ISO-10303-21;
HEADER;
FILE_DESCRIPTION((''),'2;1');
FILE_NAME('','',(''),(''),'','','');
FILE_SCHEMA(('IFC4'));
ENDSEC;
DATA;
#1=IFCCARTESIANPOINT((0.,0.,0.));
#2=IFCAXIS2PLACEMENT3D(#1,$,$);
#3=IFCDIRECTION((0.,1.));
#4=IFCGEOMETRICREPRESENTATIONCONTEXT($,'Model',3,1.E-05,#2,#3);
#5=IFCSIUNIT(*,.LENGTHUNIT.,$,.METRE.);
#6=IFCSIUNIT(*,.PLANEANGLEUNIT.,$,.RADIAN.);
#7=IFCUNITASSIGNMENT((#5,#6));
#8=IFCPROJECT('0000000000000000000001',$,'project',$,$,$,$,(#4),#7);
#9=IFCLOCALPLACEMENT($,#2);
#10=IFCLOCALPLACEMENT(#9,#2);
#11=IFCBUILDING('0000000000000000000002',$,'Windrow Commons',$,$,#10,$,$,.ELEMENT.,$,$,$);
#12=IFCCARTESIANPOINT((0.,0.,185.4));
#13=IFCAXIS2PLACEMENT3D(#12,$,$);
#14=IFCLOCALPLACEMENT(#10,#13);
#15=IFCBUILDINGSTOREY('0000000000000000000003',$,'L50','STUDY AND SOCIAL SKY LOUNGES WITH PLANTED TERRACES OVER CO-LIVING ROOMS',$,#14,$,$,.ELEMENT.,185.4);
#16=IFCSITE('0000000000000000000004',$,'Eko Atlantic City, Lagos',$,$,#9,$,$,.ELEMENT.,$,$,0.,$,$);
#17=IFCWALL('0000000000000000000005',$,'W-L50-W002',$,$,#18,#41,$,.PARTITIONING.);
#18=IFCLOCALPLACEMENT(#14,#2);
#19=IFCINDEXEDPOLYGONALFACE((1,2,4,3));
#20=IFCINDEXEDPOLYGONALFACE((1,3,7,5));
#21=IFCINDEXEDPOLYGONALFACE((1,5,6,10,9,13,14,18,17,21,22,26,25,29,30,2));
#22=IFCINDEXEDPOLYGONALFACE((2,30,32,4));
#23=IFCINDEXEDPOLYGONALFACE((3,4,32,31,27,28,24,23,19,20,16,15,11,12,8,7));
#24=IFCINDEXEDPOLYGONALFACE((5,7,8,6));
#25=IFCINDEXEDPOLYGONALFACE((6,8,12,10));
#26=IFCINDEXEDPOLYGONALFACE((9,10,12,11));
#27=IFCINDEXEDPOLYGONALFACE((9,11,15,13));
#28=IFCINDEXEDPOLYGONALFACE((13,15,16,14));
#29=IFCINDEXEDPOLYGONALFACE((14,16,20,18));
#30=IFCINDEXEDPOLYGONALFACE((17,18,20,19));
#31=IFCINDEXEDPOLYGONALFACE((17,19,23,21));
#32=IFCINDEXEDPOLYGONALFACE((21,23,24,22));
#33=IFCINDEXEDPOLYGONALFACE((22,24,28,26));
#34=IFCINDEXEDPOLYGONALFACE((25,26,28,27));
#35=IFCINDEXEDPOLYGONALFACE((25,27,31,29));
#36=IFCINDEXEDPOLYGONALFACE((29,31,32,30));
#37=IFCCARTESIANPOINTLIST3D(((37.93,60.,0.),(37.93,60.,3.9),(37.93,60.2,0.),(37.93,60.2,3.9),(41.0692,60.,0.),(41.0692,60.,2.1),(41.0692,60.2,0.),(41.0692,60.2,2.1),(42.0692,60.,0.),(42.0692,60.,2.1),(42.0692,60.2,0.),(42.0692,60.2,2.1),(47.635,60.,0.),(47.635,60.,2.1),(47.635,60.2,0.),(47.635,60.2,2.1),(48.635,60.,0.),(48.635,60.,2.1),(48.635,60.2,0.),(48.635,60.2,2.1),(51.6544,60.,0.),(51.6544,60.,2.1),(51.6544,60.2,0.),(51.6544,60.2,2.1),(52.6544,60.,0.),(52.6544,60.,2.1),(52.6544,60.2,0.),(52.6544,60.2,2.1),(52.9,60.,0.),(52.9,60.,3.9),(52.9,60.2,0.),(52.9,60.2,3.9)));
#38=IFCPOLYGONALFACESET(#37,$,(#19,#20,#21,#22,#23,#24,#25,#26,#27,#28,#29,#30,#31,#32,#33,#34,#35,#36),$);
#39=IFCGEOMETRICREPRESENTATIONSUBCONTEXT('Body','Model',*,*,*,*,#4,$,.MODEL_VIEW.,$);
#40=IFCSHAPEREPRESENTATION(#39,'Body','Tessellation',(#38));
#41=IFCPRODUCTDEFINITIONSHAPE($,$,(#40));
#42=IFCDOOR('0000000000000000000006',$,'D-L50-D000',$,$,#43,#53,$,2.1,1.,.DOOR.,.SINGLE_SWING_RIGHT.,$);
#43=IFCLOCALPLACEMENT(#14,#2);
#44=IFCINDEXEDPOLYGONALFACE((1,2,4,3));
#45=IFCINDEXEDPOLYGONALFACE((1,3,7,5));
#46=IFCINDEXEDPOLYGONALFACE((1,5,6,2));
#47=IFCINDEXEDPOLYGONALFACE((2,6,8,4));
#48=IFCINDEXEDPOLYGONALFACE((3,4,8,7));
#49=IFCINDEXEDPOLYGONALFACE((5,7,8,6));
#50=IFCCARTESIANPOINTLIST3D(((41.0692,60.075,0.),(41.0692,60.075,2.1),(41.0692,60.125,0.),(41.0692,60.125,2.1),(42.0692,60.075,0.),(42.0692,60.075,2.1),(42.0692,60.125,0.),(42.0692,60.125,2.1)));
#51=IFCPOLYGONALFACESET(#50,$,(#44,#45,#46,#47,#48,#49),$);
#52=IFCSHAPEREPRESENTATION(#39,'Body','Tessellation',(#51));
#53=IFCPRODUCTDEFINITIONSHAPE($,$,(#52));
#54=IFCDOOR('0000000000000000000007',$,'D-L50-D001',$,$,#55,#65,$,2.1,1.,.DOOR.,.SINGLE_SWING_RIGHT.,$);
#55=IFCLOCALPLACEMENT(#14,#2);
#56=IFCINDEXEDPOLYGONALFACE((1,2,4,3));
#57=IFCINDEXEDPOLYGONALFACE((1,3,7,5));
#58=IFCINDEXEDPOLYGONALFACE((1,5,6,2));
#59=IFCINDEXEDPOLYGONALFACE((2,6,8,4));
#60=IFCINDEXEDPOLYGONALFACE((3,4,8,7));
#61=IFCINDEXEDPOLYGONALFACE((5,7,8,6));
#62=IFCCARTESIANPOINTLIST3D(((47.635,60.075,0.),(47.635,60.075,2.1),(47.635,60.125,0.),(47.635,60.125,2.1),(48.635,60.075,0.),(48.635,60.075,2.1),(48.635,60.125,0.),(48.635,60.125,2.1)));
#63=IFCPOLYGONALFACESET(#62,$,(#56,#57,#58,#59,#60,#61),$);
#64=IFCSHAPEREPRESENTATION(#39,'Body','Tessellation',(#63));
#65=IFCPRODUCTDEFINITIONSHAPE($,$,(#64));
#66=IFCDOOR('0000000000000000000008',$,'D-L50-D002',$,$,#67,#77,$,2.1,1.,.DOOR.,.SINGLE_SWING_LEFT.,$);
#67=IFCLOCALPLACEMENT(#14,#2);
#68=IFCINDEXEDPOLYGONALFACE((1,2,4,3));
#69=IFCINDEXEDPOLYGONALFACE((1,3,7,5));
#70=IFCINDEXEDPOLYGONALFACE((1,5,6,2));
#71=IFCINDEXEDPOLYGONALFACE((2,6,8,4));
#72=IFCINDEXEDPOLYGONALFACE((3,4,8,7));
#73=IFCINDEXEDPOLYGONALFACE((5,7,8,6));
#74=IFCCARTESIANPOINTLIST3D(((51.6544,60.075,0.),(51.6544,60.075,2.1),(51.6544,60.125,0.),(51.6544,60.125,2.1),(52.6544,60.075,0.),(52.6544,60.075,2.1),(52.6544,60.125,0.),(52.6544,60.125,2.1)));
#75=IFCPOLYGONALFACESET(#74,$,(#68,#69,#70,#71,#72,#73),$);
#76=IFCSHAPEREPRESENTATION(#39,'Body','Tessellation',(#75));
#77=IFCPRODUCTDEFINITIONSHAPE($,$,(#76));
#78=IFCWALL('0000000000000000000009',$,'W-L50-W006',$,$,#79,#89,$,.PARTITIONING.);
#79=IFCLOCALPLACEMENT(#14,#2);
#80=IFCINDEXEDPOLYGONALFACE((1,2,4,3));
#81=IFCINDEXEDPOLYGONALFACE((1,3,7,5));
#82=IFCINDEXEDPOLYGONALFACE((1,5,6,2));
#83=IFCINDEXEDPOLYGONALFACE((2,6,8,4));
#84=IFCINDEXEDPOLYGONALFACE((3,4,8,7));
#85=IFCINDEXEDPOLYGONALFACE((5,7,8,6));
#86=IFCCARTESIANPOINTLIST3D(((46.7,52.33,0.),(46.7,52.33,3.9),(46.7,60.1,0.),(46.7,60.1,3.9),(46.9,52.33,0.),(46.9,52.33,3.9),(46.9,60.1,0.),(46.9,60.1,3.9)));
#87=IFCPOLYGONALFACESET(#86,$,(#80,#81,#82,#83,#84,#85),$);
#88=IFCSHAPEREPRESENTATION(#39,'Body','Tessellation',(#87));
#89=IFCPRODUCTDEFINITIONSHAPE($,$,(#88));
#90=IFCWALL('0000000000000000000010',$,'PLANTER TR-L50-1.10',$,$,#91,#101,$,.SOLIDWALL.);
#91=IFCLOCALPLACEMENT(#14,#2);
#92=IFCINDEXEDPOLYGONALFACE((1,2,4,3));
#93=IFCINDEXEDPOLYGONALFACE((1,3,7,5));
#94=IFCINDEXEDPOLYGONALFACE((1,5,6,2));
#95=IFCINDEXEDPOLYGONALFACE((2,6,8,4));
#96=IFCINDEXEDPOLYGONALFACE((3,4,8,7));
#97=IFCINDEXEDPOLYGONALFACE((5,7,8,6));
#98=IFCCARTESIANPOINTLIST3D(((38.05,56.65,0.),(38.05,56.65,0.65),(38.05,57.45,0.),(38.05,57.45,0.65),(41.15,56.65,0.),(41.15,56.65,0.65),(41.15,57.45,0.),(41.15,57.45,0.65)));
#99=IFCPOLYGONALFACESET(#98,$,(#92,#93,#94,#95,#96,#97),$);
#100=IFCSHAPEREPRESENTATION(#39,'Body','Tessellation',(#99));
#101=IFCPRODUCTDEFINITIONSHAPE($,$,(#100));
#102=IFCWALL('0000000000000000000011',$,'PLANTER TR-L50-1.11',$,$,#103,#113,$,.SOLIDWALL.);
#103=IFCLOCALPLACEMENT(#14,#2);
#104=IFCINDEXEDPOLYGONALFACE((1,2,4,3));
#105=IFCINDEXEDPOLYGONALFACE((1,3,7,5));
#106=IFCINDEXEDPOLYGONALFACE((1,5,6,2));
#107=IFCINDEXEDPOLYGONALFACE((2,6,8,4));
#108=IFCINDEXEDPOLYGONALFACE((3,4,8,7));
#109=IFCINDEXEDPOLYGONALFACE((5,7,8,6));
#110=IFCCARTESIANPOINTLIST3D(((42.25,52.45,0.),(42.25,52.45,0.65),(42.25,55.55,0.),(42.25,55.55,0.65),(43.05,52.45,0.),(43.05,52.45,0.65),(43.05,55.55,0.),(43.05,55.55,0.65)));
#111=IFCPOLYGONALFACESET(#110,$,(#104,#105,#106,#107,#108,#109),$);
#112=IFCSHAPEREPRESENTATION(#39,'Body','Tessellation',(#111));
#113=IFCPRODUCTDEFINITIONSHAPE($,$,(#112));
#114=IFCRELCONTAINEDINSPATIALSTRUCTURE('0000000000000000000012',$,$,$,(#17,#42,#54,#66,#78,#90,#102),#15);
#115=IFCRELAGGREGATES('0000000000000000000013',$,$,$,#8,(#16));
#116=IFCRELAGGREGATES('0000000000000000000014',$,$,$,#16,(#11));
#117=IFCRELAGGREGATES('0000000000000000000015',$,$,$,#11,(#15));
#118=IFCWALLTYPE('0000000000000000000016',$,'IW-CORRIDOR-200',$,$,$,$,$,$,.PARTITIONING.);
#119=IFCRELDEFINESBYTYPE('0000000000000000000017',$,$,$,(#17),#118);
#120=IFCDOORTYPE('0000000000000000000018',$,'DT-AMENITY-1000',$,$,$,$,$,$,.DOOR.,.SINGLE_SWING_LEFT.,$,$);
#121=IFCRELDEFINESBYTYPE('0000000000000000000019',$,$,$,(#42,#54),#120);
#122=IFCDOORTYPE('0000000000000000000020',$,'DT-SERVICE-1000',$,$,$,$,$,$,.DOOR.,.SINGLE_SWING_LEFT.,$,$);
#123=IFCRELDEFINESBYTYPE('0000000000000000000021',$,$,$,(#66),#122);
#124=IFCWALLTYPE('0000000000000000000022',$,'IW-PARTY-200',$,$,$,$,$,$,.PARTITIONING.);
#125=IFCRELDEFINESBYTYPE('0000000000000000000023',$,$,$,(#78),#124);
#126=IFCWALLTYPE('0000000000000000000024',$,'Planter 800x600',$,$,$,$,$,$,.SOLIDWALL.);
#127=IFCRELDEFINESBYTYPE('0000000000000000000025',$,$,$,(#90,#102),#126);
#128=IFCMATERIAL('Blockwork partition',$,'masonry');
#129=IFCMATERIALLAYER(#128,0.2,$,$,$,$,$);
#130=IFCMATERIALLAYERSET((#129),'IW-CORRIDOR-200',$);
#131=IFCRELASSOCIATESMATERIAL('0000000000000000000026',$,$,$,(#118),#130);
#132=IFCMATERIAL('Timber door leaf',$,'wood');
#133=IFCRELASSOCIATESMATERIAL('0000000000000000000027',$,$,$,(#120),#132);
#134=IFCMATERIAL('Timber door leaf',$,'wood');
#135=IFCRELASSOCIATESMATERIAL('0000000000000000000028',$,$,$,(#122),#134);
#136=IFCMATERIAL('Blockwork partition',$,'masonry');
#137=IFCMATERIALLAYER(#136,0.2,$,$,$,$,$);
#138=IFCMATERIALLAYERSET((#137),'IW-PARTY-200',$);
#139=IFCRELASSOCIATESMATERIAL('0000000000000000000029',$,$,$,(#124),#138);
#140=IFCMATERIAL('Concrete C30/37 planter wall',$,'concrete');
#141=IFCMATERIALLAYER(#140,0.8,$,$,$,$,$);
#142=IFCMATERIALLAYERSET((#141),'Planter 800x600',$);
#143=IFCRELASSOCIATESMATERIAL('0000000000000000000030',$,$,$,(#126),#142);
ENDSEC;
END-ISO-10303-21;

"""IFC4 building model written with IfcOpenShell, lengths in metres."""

from ifc_helpers import new_model, si_unit, direction, frame, frame_2d, origin, place, context, subcontext, project, spatial, rectangle, extrude, material, layer, layer_set, type_object, element, fill, save


model = new_model("IFC4")

# Units and contexts
model_context = context("Model", 3, precision=1e-05, world=origin(), true_north=direction((0.0, 1.0)))
body_context = subcontext(model_context, "Body", "Model", "MODEL_VIEW")
ifc_project = project(units=[si_unit("LENGTHUNIT", "METRE"), si_unit("PLANEANGLEUNIT", "RADIAN")], contexts=[model_context])

# Site, building, storey
site_placement = place(None, origin())
site = spatial("IfcSite", under=ifc_project, at=site_placement, Name="Eko Atlantic City, Lagos", CompositionType="ELEMENT", RefElevation=0.0)
building_placement = place(site_placement, origin())
building = spatial("IfcBuilding", under=site, at=building_placement, Name="Windrow Commons", CompositionType="ELEMENT")
storey_placement = place(building_placement, frame((0.0, 0.0, 185.4)))
storey = spatial("IfcBuildingStorey", under=building, at=storey_placement, Name="L50", Description="STUDY AND SOCIAL SKY LOUNGES WITH PLANTED TERRACES OVER CO-LIVING ROOMS", CompositionType="ELEMENT", Elevation=185.4)

# Wall, openings, doors
ifc_material_1 = material(Name="Blockwork partition", Category="masonry")
ifc_layer_1 = layer(ifc_material_1, 0.2)
ifc_layer_set_1 = layer_set([ifc_layer_1], Name="IW-CORRIDOR-200")
wall_type_1 = type_object("IfcWallType", Name="IW-CORRIDOR-200", PredefinedType="PARTITIONING", material=ifc_layer_set_1)
wall_1_placement = place(storey_placement, frame((37.93, 60.1, 0.0), z_axis=(0.0, 0.0, 1.0), x_axis=(1.0, 0.0, 0.0)))
wall_1 = element("IfcWall", 1, at=wall_1_placement, inside=storey, type_object=wall_type_1, Name="W-L50-W002", PredefinedType="PARTITIONING", context=body_context, shape_type="SweptSolid", body=[
    extrude(rectangle(XDim=14.97, YDim=0.2, at=frame_2d((7.485, 0.0))), origin(), (0.0, 0.0, 1.0), 3.9),
])
opening_1_placement = place(wall_1_placement, frame((3.1392, 0.0, 0.0)))
opening_1 = element("IfcOpeningElement", 2, at=opening_1_placement, cuts=wall_1, PredefinedType="OPENING", context=body_context, shape_type="SweptSolid", body=[
    extrude(rectangle(XDim=1.0, YDim=2.1, at=frame_2d((0.5, 1.05))), frame((0.0, 0.11, 0.0), z_axis=(0.0, -1.0, 0.0), x_axis=(1.0, 0.0, 0.0)), (0.0, 0.0, 1.0), 0.22),
])
opening_2_placement = place(wall_1_placement, frame((9.705, 0.0, 0.0)))
opening_2 = element("IfcOpeningElement", 3, at=opening_2_placement, cuts=wall_1, PredefinedType="OPENING", context=body_context, shape_type="SweptSolid", body=[
    extrude(rectangle(XDim=1.0, YDim=2.1, at=frame_2d((0.5, 1.05))), frame((0.0, 0.11, 0.0), z_axis=(0.0, -1.0, 0.0), x_axis=(1.0, 0.0, 0.0)), (0.0, 0.0, 1.0), 0.22),
])
opening_3_placement = place(wall_1_placement, frame((13.7244, 0.0, 0.0)))
opening_3 = element("IfcOpeningElement", 4, at=opening_3_placement, cuts=wall_1, PredefinedType="OPENING", context=body_context, shape_type="SweptSolid", body=[
    extrude(rectangle(XDim=1.0, YDim=2.1, at=frame_2d((0.5, 1.05))), frame((0.0, 0.11, 0.0), z_axis=(0.0, -1.0, 0.0), x_axis=(1.0, 0.0, 0.0)), (0.0, 0.0, 1.0), 0.22),
])
ifc_material_2 = material(Name="Timber door leaf", Category="wood")
door_type_1 = type_object("IfcDoorType", Name="DT-AMENITY-1000", OperationType="SINGLE_SWING_LEFT", PredefinedType="DOOR", material=ifc_material_2)
door_1_placement = place(opening_1_placement, origin())
door_1 = element("IfcDoor", 5, at=door_1_placement, inside=storey, type_object=door_type_1, Name="D-L50-D000", OperationType="SINGLE_SWING_RIGHT", OverallHeight=2.1, OverallWidth=1.0, PredefinedType="DOOR", context=body_context, shape_type="SweptSolid", body=[
    extrude(rectangle(XDim=1.0, YDim=2.1, at=frame_2d((0.5, 1.05))), frame((0.0, 0.025, 0.0), z_axis=(0.0, -1.0, 0.0), x_axis=(1.0, 0.0, 0.0)), (0.0, 0.0, 1.0), 0.05),
])
fill(opening_1, door_1)
door_2_placement = place(opening_2_placement, origin())
door_2 = element("IfcDoor", 6, at=door_2_placement, inside=storey, type_object=door_type_1, Name="D-L50-D001", OperationType="SINGLE_SWING_RIGHT", OverallHeight=2.1, OverallWidth=1.0, PredefinedType="DOOR", context=body_context, shape_type="SweptSolid", body=[
    extrude(rectangle(XDim=1.0, YDim=2.1, at=frame_2d((0.5, 1.05))), frame((0.0, 0.025, 0.0), z_axis=(0.0, -1.0, 0.0), x_axis=(1.0, 0.0, 0.0)), (0.0, 0.0, 1.0), 0.05),
])
fill(opening_2, door_2)
ifc_material_3 = material(Name="Timber door leaf", Category="wood")
door_type_2 = type_object("IfcDoorType", Name="DT-SERVICE-1000", OperationType="SINGLE_SWING_LEFT", PredefinedType="DOOR", material=ifc_material_3)
door_3_placement = place(opening_3_placement, origin())
door_3 = element("IfcDoor", 7, at=door_3_placement, inside=storey, type_object=door_type_2, Name="D-L50-D002", OperationType="SINGLE_SWING_LEFT", OverallHeight=2.1, OverallWidth=1.0, PredefinedType="DOOR", context=body_context, shape_type="SweptSolid", body=[
    extrude(rectangle(XDim=1.0, YDim=2.1, at=frame_2d((0.5, 1.05))), frame((0.0, 0.025, 0.0), z_axis=(0.0, -1.0, 0.0), x_axis=(1.0, 0.0, 0.0)), (0.0, 0.0, 1.0), 0.05),
])
fill(opening_3, door_3)

# Walls
ifc_material_4 = material(Name="Blockwork partition", Category="masonry")
ifc_layer_2 = layer(ifc_material_4, 0.2)
ifc_layer_set_2 = layer_set([ifc_layer_2], Name="IW-PARTY-200")
wall_type_2 = type_object("IfcWallType", Name="IW-PARTY-200", PredefinedType="PARTITIONING", material=ifc_layer_set_2)
wall_2_placement = place(storey_placement, frame((46.8, 52.33, 0.0), z_axis=(0.0, 0.0, 1.0), x_axis=(0.0, 1.0, 0.0)))
element("IfcWall", 8, at=wall_2_placement, inside=storey, type_object=wall_type_2, Name="W-L50-W006", PredefinedType="PARTITIONING", context=body_context, shape_type="SweptSolid", body=[
    extrude(rectangle(XDim=7.77, YDim=0.2, at=frame_2d((3.885, 0.0))), origin(), (0.0, 0.0, 1.0), 3.9),
])
ifc_material_5 = material(Name="Concrete C30/37 planter wall", Category="concrete")
ifc_layer_3 = layer(ifc_material_5, 0.8)
ifc_layer_set_3 = layer_set([ifc_layer_3], Name="Planter 800x600")
wall_type_3 = type_object("IfcWallType", Name="Planter 800x600", PredefinedType="SOLIDWALL", material=ifc_layer_set_3)
for number, where, z_axis, x_axis, name in (
    (9, (38.05, 57.05, 0.0), (0.0, 0.0, 1.0), (1.0, 0.0, 0.0), "PLANTER TR-L50-1.10"),
    (10, (42.65, 55.55, 0.0), (0.0, 0.0, 1.0), (0.0, -1.0, 0.0), "PLANTER TR-L50-1.11"),
):
    element("IfcWall", number, at=place(storey_placement, frame(where, z_axis=z_axis, x_axis=x_axis)), inside=storey, type_object=wall_type_3, Name=name, PredefinedType="SOLIDWALL", context=body_context, shape_type="SweptSolid", body=[
        extrude(rectangle(XDim=3.1, YDim=0.8, at=frame_2d((1.55, 0.0))), origin(), (0.0, 0.0, 1.0), 0.65),
    ])

save(model, "model.ifc")
